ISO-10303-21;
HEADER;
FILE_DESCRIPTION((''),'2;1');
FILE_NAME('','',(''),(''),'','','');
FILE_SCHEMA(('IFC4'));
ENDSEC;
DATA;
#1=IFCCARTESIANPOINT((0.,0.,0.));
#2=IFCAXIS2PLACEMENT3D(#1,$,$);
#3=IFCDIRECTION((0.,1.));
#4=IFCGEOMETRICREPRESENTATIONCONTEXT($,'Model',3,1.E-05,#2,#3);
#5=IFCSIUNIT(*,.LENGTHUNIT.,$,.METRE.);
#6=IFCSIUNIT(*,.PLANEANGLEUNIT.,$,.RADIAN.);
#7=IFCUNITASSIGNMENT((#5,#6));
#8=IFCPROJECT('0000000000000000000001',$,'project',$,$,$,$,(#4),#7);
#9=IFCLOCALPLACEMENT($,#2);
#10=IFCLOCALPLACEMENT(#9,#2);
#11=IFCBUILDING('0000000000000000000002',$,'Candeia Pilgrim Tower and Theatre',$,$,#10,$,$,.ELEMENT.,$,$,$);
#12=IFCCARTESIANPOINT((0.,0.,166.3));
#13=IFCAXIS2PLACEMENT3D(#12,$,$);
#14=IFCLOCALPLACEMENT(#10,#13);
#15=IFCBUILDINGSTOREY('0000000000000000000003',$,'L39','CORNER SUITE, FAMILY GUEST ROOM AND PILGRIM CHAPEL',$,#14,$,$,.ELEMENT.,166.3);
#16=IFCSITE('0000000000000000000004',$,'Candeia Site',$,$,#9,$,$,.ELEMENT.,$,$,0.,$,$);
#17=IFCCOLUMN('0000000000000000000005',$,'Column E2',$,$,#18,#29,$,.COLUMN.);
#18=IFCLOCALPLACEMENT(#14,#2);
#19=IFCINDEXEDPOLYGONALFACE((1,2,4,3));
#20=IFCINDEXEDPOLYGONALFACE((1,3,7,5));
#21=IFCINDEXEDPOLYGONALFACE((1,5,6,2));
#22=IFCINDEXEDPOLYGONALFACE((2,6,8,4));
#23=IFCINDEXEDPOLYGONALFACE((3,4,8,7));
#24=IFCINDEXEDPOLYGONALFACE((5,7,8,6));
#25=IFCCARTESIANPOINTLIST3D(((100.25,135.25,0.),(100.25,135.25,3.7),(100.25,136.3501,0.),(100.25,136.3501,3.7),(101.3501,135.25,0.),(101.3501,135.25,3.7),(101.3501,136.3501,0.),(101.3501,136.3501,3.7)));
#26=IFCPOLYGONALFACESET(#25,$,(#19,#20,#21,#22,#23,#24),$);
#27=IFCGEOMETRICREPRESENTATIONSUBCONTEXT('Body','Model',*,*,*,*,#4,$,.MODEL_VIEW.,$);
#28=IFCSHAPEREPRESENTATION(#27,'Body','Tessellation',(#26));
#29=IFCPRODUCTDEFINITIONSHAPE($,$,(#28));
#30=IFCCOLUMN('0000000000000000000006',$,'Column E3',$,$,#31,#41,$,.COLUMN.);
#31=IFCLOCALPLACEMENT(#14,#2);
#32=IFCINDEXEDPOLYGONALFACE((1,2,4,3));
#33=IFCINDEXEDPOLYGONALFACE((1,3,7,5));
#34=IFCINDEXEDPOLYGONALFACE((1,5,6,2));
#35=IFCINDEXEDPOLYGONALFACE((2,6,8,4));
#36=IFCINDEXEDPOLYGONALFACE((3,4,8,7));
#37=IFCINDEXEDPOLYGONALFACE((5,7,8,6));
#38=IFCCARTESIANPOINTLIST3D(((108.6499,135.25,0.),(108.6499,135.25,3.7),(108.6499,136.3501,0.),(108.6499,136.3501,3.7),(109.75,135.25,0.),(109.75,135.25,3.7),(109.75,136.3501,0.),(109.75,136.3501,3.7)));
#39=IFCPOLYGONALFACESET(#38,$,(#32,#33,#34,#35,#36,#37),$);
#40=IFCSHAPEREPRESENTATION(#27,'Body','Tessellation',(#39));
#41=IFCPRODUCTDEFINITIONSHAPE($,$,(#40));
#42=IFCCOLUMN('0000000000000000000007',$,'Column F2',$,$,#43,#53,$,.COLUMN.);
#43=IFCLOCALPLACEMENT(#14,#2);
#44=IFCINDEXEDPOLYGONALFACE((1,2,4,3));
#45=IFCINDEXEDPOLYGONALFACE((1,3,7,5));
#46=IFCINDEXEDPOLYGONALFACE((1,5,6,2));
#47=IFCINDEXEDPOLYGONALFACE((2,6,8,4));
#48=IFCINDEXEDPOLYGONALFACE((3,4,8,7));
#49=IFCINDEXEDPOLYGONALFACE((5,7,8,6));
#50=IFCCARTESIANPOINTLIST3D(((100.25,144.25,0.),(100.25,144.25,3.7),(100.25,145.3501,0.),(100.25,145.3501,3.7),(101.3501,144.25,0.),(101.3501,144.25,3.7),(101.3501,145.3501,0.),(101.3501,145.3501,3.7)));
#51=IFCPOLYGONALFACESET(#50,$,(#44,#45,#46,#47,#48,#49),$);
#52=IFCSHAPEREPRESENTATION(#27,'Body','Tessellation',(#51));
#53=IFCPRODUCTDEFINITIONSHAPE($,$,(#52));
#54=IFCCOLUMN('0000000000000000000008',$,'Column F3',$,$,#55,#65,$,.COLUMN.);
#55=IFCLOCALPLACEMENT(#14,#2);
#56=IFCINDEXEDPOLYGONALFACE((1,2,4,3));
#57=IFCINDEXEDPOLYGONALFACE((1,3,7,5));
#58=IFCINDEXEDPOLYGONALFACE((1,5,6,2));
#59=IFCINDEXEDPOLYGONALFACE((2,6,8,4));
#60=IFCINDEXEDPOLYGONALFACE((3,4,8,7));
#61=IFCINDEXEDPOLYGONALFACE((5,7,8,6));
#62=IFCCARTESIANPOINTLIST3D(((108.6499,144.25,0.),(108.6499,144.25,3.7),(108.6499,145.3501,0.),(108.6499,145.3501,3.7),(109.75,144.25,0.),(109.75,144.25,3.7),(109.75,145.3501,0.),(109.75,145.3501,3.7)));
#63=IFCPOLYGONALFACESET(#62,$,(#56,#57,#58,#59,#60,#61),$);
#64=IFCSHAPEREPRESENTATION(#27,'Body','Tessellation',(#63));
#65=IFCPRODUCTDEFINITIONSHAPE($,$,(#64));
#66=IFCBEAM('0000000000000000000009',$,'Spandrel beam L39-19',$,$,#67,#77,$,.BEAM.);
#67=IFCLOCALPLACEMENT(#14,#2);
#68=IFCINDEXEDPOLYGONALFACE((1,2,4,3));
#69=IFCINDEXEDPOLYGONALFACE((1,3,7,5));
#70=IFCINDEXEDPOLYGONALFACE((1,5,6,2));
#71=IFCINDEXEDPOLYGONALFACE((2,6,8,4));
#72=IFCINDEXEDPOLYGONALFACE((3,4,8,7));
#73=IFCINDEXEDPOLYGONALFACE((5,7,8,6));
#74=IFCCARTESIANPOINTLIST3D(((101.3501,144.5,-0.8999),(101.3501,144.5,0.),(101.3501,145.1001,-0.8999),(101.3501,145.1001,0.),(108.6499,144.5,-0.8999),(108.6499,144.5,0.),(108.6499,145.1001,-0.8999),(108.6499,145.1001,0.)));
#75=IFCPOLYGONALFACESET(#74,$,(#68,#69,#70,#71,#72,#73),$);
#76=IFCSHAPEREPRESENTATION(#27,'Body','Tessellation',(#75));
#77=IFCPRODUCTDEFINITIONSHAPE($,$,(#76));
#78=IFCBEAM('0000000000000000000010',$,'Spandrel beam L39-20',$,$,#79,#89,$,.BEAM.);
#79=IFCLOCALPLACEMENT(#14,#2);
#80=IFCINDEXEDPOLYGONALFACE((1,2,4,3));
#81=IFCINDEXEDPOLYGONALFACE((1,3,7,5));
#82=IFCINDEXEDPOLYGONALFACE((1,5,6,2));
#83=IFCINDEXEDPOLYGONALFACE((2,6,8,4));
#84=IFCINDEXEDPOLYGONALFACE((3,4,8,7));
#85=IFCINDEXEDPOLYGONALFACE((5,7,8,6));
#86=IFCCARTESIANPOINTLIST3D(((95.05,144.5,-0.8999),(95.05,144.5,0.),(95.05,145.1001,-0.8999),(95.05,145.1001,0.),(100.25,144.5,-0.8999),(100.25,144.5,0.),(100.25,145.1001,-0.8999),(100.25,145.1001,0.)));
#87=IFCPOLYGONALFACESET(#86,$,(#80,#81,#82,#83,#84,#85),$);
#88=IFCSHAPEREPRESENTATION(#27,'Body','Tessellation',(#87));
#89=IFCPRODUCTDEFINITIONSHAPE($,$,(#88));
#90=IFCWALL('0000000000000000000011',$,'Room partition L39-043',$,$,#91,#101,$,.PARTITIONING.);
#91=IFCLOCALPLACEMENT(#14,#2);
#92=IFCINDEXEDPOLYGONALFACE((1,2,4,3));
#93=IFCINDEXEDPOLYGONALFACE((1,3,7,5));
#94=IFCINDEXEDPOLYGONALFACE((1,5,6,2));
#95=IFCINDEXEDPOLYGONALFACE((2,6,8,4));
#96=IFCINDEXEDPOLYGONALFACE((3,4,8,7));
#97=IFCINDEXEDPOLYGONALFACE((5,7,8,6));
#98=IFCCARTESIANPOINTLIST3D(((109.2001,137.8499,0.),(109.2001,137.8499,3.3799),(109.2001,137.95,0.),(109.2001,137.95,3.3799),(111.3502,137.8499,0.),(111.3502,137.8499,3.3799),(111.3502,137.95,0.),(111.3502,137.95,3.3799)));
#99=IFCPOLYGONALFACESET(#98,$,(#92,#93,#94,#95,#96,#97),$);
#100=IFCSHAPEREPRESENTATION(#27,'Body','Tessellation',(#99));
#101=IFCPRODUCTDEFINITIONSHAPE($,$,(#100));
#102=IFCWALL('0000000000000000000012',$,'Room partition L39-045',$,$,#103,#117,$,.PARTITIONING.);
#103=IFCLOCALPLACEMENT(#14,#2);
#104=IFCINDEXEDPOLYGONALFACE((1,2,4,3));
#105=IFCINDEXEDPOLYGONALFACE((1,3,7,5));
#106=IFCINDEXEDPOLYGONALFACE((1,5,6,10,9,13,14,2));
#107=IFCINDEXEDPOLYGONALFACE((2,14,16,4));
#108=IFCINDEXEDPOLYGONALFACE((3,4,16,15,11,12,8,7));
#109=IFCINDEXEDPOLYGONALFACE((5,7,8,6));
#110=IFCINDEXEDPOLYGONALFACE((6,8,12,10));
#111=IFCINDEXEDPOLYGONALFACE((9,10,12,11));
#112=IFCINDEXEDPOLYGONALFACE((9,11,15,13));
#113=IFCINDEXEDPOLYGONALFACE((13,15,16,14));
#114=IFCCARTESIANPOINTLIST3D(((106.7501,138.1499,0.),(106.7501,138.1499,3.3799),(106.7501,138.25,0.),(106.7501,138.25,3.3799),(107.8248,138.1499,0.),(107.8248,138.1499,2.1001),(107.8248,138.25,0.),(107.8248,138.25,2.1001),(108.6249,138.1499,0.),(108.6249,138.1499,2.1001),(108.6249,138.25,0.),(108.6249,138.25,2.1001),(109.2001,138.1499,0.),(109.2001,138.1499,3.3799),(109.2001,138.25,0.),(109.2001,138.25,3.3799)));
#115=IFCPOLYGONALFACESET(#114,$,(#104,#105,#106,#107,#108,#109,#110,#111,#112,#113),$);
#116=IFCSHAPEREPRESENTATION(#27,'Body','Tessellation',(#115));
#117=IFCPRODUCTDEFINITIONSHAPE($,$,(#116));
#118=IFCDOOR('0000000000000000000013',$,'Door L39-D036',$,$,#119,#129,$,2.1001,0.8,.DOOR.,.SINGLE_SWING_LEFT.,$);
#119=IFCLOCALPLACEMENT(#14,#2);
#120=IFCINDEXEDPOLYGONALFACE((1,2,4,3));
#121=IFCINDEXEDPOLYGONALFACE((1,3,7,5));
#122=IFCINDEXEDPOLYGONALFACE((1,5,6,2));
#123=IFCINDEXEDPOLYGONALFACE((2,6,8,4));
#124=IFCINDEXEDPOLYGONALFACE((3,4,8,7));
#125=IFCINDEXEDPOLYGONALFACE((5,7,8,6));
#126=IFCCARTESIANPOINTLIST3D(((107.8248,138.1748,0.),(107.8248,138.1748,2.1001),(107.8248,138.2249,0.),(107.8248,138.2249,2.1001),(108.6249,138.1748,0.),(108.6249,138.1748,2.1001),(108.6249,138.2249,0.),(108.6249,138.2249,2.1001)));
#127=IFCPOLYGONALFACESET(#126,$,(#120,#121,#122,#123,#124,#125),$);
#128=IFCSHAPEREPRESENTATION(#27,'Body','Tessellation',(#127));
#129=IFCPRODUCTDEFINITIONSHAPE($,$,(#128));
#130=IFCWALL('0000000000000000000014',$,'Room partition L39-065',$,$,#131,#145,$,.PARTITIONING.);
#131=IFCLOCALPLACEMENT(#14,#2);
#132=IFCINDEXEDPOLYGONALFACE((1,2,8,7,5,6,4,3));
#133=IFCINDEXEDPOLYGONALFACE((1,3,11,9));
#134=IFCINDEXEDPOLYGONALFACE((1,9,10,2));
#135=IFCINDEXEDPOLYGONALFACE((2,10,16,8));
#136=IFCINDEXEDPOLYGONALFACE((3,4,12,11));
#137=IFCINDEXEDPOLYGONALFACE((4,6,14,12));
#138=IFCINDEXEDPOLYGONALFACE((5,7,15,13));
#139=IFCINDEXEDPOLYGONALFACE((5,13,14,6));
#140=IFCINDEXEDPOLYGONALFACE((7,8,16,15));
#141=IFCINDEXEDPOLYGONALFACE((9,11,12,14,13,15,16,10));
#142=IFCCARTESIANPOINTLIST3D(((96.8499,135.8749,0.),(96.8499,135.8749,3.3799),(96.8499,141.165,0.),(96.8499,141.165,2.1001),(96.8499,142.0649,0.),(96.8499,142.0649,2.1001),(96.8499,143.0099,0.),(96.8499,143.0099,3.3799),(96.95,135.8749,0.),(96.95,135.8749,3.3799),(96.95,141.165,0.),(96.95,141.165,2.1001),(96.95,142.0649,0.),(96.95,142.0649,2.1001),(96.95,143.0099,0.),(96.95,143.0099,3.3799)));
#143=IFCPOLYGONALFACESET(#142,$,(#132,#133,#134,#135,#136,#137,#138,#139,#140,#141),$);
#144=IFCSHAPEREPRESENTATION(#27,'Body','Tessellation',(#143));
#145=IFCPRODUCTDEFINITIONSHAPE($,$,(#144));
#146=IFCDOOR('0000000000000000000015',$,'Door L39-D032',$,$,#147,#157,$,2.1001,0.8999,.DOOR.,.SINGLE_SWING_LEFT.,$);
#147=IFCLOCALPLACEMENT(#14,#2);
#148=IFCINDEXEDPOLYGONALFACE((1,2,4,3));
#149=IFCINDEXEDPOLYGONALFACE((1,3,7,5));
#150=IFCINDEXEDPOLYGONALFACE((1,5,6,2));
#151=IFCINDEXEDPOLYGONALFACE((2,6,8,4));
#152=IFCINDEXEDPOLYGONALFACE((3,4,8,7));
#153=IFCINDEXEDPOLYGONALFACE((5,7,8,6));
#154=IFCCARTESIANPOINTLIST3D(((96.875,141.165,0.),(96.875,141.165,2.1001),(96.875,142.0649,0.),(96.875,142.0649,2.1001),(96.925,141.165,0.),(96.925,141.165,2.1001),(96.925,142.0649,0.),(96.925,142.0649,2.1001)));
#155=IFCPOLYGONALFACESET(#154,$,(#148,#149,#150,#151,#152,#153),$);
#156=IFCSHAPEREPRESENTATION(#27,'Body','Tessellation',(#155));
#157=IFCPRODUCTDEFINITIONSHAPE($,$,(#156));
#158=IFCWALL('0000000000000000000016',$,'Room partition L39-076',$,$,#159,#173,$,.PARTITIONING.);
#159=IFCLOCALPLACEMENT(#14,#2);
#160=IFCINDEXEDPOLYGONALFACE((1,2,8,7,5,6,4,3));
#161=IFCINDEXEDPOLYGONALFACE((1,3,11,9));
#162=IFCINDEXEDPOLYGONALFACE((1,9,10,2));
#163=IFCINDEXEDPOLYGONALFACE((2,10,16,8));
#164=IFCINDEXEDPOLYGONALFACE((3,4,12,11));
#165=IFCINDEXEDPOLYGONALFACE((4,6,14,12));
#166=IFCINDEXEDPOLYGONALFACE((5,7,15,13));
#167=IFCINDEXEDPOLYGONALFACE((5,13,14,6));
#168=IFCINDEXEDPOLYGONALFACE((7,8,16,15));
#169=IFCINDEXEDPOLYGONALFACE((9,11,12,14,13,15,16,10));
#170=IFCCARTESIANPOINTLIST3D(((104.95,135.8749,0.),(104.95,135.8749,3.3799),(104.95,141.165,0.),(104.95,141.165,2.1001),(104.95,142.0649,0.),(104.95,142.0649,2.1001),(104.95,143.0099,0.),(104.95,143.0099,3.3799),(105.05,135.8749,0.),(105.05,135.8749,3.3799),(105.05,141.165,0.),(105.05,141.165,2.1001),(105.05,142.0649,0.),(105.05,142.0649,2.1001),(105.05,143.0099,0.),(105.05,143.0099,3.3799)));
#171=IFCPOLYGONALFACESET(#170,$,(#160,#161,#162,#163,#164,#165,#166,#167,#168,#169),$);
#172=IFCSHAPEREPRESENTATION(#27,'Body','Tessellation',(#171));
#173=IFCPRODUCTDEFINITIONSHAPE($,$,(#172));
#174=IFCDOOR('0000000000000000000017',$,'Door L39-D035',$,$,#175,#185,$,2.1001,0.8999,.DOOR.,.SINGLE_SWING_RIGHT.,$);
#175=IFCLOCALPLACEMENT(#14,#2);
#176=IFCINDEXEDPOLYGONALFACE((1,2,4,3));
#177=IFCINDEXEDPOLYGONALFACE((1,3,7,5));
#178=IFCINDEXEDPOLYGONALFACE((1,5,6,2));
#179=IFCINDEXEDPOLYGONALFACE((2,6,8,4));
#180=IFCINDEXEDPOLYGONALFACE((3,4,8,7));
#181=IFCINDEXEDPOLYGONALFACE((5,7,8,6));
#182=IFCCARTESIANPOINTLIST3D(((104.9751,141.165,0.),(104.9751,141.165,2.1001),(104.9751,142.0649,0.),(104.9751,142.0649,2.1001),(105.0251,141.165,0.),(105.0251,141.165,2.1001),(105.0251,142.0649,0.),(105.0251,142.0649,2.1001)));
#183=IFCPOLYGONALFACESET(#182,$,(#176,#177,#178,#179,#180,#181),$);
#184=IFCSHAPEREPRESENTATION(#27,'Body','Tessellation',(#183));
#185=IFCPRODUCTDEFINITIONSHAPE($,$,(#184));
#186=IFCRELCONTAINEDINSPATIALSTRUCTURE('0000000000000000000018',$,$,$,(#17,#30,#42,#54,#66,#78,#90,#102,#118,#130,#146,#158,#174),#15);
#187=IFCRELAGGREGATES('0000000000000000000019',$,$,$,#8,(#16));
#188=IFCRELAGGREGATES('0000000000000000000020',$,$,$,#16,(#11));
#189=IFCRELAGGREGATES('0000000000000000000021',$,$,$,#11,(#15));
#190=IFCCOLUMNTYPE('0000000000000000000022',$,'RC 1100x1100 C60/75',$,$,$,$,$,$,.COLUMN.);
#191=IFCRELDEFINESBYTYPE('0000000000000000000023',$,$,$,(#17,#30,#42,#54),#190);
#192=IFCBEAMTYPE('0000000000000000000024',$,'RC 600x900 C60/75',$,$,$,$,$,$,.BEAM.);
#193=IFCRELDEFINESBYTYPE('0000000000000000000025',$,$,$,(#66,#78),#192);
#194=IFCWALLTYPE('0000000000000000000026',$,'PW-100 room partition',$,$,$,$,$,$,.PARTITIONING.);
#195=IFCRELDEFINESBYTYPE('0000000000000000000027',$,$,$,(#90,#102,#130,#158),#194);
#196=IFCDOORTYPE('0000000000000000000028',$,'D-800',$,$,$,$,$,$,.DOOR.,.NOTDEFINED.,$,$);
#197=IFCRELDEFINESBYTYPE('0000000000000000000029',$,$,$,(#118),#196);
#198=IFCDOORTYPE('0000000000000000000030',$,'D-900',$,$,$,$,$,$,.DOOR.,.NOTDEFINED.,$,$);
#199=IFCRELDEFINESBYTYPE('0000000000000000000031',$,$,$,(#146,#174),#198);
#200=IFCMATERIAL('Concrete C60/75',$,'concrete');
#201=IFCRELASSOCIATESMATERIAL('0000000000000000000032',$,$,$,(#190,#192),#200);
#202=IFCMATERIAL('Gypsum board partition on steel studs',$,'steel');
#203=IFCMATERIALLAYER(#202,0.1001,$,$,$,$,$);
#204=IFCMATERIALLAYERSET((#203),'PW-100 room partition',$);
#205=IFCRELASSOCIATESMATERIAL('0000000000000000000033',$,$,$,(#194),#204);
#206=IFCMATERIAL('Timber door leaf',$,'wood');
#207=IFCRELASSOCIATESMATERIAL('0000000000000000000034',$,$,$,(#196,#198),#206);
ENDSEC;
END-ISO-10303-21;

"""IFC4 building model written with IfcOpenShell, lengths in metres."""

from ifc_helpers import new_model, si_unit, direction, frame, frame_2d, origin, origin_2d, place, context, subcontext, project, spatial, rectangle, extrude, material, layer, layer_set, material_profile, profile_set, type_object, element, fill, save


model = new_model("IFC4")

# Units and contexts
model_context = context("Model", 3, precision=1e-05, world=origin(), true_north=direction((0.0, 1.0)))
body_context = subcontext(model_context, "Body", "Model", "MODEL_VIEW")
ifc_project = project(units=[si_unit("LENGTHUNIT", "METRE"), si_unit("PLANEANGLEUNIT", "RADIAN")], contexts=[model_context])

# Site, building, storey
site_placement = place(None, origin())
site = spatial("IfcSite", under=ifc_project, at=site_placement, Name="Candeia Site", CompositionType="ELEMENT", RefElevation=0.0)
building_placement = place(site_placement, origin())
building = spatial("IfcBuilding", under=site, at=building_placement, Name="Candeia Pilgrim Tower and Theatre", CompositionType="ELEMENT")
storey_placement = place(building_placement, frame((0.0, 0.0, 166.3)))
storey = spatial("IfcBuildingStorey", under=building, at=storey_placement, Name="L39", Description="CORNER SUITE, FAMILY GUEST ROOM AND PILGRIM CHAPEL", CompositionType="ELEMENT", Elevation=166.3)

# Columns
ifc_material_1 = material(Name="Concrete C60/75", Category="concrete")
ifc_material_profile_1 = material_profile(ifc_material_1, rectangle(XDim=1.1001, YDim=1.1001, at=origin_2d()))
ifc_profile_set_1 = profile_set([ifc_material_profile_1], Name="Concrete C60/75")
column_type = type_object("IfcColumnType", Name="RC 1100x1100 C60/75", PredefinedType="COLUMN", material=ifc_profile_set_1)
for number, where, z_axis, x_axis, name in (
    (1, (100.8, 135.8, 0.0), (0.0, 0.0, 1.0), (1.0, 0.0, 0.0), "Column E2"),
    (2, (109.2, 135.8, 0.0), (0.0, 0.0, 1.0), (1.0, 0.0, 0.0), "Column E3"),
    (3, (100.8, 144.8, 0.0), (0.0, 0.0, 1.0), (1.0, 0.0, 0.0), "Column F2"),
    (4, (109.2, 144.8, 0.0), (0.0, 0.0, 1.0), (1.0, 0.0, 0.0), "Column F3"),
):
    element("IfcColumn", number, at=place(storey_placement, frame(where, z_axis=z_axis, x_axis=x_axis)), inside=storey, type_object=column_type, Name=name, PredefinedType="COLUMN", context=body_context, shape_type="SweptSolid", body=[
        extrude(rectangle(XDim=1.1001, YDim=1.1001, at=origin_2d()), origin(), (0.0, 0.0, 1.0), 3.7),
    ])

# Beams
ifc_material_profile_2 = material_profile(ifc_material_1, rectangle(XDim=0.6001, YDim=0.8999, at=origin_2d()))
ifc_profile_set_2 = profile_set([ifc_material_profile_2], Name="Concrete C60/75")
beam_type = type_object("IfcBeamType", Name="RC 600x900 C60/75", PredefinedType="BEAM", material=ifc_profile_set_2)
beam_1_placement = place(storey_placement, frame((108.6499, 144.8, -0.45), z_axis=(-1.0, 0.0, 0.0), x_axis=(0.0, -1.0, 0.0)))
element("IfcBeam", 5, at=beam_1_placement, inside=storey, type_object=beam_type, Name="Spandrel beam L39-19", PredefinedType="BEAM", context=body_context, shape_type="SweptSolid", body=[
    extrude(rectangle(XDim=0.6001, YDim=0.8999, at=origin_2d()), origin(), (0.0, 0.0, 1.0), 7.2998),
])
beam_2_placement = place(storey_placement, frame((100.25, 144.8, -0.45), z_axis=(-1.0, 0.0, 0.0), x_axis=(0.0, -1.0, 0.0)))
element("IfcBeam", 6, at=beam_2_placement, inside=storey, type_object=beam_type, Name="Spandrel beam L39-20", PredefinedType="BEAM", context=body_context, shape_type="SweptSolid", body=[
    extrude(rectangle(XDim=0.6001, YDim=0.8999, at=origin_2d()), origin(), (0.0, 0.0, 1.0), 5.2),
])

# Wall
ifc_material_2 = material(Name="Gypsum board partition on steel studs", Category="steel")
ifc_layer_1 = layer(ifc_material_2, 0.1001)
ifc_layer_set_1 = layer_set([ifc_layer_1], Name="PW-100 room partition")
wall_type_1 = type_object("IfcWallType", Name="PW-100 room partition", PredefinedType="PARTITIONING", material=ifc_layer_set_1)
wall_1_placement = place(storey_placement, frame((109.2, 137.8999, 0.0), z_axis=(0.0, 0.0, 1.0), x_axis=(1.0, 0.0, 0.0)))
element("IfcWall", 7, at=wall_1_placement, inside=storey, type_object=wall_type_1, Name="Room partition L39-043", PredefinedType="PARTITIONING", context=body_context, shape_type="SweptSolid", body=[
    extrude(rectangle(XDim=2.1501, YDim=0.1001, at=frame_2d((1.0752, 0.0))), origin(), (0.0, 0.0, 1.0), 3.3799),
])

# Walls, openings, doors
wall_2_placement = place(storey_placement, frame((106.75, 138.2, 0.0), z_axis=(0.0, 0.0, 1.0), x_axis=(1.0, 0.0, 0.0)))
wall_2 = element("IfcWall", 8, at=wall_2_placement, inside=storey, type_object=wall_type_1, Name="Room partition L39-045", PredefinedType="PARTITIONING", context=body_context, shape_type="SweptSolid", body=[
    extrude(rectangle(XDim=2.45, YDim=0.1001, at=frame_2d((1.2251, 0.0))), origin(), (0.0, 0.0, 1.0), 3.3799),
])
opening_1_placement = place(wall_2_placement, frame((1.075, 0.0, 0.0)))
opening_1 = element("IfcOpeningElement", 9, at=opening_1_placement, cuts=wall_2, PredefinedType="OPENING", context=body_context, shape_type="SweptSolid", body=[
    extrude(rectangle(XDim=0.8, YDim=2.1001, at=frame_2d((0.3999, 1.05))), frame((0.0, 0.0601, 0.0), z_axis=(0.0, -1.0, 0.0), x_axis=(1.0, 0.0, 0.0)), (0.0, 0.0, 1.0), 0.1201),
])
ifc_material_3 = material(Name="Timber door leaf", Category="wood")
door_type_1 = type_object("IfcDoorType", Name="D-800", OperationType="NOTDEFINED", PredefinedType="DOOR", material=ifc_material_3)
door_1_placement = place(opening_1_placement, origin())
door_1 = element("IfcDoor", 10, at=door_1_placement, inside=storey, type_object=door_type_1, Name="Door L39-D036", OperationType="SINGLE_SWING_LEFT", OverallHeight=2.1001, OverallWidth=0.8, PredefinedType="DOOR", context=body_context, shape_type="SweptSolid", body=[
    extrude(rectangle(XDim=0.8, YDim=2.1001, at=frame_2d((0.3999, 1.05))), frame((0.0, 0.0249, 0.0), z_axis=(0.0, -1.0, 0.0), x_axis=(1.0, 0.0, 0.0)), (0.0, 0.0, 1.0), 0.05),
])
fill(opening_1, door_1)
wall_3_placement = place(storey_placement, frame((96.8999, 135.875, 0.0), z_axis=(0.0, 0.0, 1.0), x_axis=(0.0, 1.0, 0.0)))
wall_3 = element("IfcWall", 11, at=wall_3_placement, inside=storey, type_object=wall_type_1, Name="Room partition L39-065", PredefinedType="PARTITIONING", context=body_context, shape_type="SweptSolid", body=[
    extrude(rectangle(XDim=7.135, YDim=0.1001, at=frame_2d((3.5674, 0.0))), origin(), (0.0, 0.0, 1.0), 3.3799),
])
opening_2_placement = place(wall_3_placement, frame((5.29, 0.0, 0.0)))
opening_2 = element("IfcOpeningElement", 12, at=opening_2_placement, cuts=wall_3, PredefinedType="OPENING", context=body_context, shape_type="SweptSolid", body=[
    extrude(rectangle(XDim=0.8999, YDim=2.1001, at=frame_2d((0.45, 1.05))), frame((0.0, 0.0601, 0.0), z_axis=(0.0, -1.0, 0.0), x_axis=(1.0, 0.0, 0.0)), (0.0, 0.0, 1.0), 0.1201),
])
door_type_2 = type_object("IfcDoorType", Name="D-900", OperationType="NOTDEFINED", PredefinedType="DOOR", material=ifc_material_3)
door_2_placement = place(opening_2_placement, origin())
door_2 = element("IfcDoor", 13, at=door_2_placement, inside=storey, type_object=door_type_2, Name="Door L39-D032", OperationType="SINGLE_SWING_LEFT", OverallHeight=2.1001, OverallWidth=0.8999, PredefinedType="DOOR", context=body_context, shape_type="SweptSolid", body=[
    extrude(rectangle(XDim=0.8999, YDim=2.1001, at=frame_2d((0.45, 1.05))), frame((0.0, 0.0249, 0.0), z_axis=(0.0, -1.0, 0.0), x_axis=(1.0, 0.0, 0.0)), (0.0, 0.0, 1.0), 0.05),
])
fill(opening_2, door_2)
wall_4_placement = place(storey_placement, frame((105.0, 135.875, 0.0), z_axis=(0.0, 0.0, 1.0), x_axis=(0.0, 1.0, 0.0)))
wall_4 = element("IfcWall", 14, at=wall_4_placement, inside=storey, type_object=wall_type_1, Name="Room partition L39-076", PredefinedType="PARTITIONING", context=body_context, shape_type="SweptSolid", body=[
    extrude(rectangle(XDim=7.135, YDim=0.1001, at=frame_2d((3.5674, 0.0))), origin(), (0.0, 0.0, 1.0), 3.3799),
])
opening_3_placement = place(wall_4_placement, frame((5.29, 0.0, 0.0)))
opening_3 = element("IfcOpeningElement", 15, at=opening_3_placement, cuts=wall_4, PredefinedType="OPENING", context=body_context, shape_type="SweptSolid", body=[
    extrude(rectangle(XDim=0.8999, YDim=2.1001, at=frame_2d((0.45, 1.05))), frame((0.0, 0.0601, 0.0), z_axis=(0.0, -1.0, 0.0), x_axis=(1.0, 0.0, 0.0)), (0.0, 0.0, 1.0), 0.1201),
])
door_3_placement = place(opening_3_placement, origin())
door_3 = element("IfcDoor", 16, at=door_3_placement, inside=storey, type_object=door_type_2, Name="Door L39-D035", OperationType="SINGLE_SWING_RIGHT", OverallHeight=2.1001, OverallWidth=0.8999, PredefinedType="DOOR", context=body_context, shape_type="SweptSolid", body=[
    extrude(rectangle(XDim=0.8999, YDim=2.1001, at=frame_2d((0.45, 1.05))), frame((0.0, 0.0249, 0.0), z_axis=(0.0, -1.0, 0.0), x_axis=(1.0, 0.0, 0.0)), (0.0, 0.0, 1.0), 0.05),
])
fill(opening_3, door_3)

save(model, "model.ifc")
